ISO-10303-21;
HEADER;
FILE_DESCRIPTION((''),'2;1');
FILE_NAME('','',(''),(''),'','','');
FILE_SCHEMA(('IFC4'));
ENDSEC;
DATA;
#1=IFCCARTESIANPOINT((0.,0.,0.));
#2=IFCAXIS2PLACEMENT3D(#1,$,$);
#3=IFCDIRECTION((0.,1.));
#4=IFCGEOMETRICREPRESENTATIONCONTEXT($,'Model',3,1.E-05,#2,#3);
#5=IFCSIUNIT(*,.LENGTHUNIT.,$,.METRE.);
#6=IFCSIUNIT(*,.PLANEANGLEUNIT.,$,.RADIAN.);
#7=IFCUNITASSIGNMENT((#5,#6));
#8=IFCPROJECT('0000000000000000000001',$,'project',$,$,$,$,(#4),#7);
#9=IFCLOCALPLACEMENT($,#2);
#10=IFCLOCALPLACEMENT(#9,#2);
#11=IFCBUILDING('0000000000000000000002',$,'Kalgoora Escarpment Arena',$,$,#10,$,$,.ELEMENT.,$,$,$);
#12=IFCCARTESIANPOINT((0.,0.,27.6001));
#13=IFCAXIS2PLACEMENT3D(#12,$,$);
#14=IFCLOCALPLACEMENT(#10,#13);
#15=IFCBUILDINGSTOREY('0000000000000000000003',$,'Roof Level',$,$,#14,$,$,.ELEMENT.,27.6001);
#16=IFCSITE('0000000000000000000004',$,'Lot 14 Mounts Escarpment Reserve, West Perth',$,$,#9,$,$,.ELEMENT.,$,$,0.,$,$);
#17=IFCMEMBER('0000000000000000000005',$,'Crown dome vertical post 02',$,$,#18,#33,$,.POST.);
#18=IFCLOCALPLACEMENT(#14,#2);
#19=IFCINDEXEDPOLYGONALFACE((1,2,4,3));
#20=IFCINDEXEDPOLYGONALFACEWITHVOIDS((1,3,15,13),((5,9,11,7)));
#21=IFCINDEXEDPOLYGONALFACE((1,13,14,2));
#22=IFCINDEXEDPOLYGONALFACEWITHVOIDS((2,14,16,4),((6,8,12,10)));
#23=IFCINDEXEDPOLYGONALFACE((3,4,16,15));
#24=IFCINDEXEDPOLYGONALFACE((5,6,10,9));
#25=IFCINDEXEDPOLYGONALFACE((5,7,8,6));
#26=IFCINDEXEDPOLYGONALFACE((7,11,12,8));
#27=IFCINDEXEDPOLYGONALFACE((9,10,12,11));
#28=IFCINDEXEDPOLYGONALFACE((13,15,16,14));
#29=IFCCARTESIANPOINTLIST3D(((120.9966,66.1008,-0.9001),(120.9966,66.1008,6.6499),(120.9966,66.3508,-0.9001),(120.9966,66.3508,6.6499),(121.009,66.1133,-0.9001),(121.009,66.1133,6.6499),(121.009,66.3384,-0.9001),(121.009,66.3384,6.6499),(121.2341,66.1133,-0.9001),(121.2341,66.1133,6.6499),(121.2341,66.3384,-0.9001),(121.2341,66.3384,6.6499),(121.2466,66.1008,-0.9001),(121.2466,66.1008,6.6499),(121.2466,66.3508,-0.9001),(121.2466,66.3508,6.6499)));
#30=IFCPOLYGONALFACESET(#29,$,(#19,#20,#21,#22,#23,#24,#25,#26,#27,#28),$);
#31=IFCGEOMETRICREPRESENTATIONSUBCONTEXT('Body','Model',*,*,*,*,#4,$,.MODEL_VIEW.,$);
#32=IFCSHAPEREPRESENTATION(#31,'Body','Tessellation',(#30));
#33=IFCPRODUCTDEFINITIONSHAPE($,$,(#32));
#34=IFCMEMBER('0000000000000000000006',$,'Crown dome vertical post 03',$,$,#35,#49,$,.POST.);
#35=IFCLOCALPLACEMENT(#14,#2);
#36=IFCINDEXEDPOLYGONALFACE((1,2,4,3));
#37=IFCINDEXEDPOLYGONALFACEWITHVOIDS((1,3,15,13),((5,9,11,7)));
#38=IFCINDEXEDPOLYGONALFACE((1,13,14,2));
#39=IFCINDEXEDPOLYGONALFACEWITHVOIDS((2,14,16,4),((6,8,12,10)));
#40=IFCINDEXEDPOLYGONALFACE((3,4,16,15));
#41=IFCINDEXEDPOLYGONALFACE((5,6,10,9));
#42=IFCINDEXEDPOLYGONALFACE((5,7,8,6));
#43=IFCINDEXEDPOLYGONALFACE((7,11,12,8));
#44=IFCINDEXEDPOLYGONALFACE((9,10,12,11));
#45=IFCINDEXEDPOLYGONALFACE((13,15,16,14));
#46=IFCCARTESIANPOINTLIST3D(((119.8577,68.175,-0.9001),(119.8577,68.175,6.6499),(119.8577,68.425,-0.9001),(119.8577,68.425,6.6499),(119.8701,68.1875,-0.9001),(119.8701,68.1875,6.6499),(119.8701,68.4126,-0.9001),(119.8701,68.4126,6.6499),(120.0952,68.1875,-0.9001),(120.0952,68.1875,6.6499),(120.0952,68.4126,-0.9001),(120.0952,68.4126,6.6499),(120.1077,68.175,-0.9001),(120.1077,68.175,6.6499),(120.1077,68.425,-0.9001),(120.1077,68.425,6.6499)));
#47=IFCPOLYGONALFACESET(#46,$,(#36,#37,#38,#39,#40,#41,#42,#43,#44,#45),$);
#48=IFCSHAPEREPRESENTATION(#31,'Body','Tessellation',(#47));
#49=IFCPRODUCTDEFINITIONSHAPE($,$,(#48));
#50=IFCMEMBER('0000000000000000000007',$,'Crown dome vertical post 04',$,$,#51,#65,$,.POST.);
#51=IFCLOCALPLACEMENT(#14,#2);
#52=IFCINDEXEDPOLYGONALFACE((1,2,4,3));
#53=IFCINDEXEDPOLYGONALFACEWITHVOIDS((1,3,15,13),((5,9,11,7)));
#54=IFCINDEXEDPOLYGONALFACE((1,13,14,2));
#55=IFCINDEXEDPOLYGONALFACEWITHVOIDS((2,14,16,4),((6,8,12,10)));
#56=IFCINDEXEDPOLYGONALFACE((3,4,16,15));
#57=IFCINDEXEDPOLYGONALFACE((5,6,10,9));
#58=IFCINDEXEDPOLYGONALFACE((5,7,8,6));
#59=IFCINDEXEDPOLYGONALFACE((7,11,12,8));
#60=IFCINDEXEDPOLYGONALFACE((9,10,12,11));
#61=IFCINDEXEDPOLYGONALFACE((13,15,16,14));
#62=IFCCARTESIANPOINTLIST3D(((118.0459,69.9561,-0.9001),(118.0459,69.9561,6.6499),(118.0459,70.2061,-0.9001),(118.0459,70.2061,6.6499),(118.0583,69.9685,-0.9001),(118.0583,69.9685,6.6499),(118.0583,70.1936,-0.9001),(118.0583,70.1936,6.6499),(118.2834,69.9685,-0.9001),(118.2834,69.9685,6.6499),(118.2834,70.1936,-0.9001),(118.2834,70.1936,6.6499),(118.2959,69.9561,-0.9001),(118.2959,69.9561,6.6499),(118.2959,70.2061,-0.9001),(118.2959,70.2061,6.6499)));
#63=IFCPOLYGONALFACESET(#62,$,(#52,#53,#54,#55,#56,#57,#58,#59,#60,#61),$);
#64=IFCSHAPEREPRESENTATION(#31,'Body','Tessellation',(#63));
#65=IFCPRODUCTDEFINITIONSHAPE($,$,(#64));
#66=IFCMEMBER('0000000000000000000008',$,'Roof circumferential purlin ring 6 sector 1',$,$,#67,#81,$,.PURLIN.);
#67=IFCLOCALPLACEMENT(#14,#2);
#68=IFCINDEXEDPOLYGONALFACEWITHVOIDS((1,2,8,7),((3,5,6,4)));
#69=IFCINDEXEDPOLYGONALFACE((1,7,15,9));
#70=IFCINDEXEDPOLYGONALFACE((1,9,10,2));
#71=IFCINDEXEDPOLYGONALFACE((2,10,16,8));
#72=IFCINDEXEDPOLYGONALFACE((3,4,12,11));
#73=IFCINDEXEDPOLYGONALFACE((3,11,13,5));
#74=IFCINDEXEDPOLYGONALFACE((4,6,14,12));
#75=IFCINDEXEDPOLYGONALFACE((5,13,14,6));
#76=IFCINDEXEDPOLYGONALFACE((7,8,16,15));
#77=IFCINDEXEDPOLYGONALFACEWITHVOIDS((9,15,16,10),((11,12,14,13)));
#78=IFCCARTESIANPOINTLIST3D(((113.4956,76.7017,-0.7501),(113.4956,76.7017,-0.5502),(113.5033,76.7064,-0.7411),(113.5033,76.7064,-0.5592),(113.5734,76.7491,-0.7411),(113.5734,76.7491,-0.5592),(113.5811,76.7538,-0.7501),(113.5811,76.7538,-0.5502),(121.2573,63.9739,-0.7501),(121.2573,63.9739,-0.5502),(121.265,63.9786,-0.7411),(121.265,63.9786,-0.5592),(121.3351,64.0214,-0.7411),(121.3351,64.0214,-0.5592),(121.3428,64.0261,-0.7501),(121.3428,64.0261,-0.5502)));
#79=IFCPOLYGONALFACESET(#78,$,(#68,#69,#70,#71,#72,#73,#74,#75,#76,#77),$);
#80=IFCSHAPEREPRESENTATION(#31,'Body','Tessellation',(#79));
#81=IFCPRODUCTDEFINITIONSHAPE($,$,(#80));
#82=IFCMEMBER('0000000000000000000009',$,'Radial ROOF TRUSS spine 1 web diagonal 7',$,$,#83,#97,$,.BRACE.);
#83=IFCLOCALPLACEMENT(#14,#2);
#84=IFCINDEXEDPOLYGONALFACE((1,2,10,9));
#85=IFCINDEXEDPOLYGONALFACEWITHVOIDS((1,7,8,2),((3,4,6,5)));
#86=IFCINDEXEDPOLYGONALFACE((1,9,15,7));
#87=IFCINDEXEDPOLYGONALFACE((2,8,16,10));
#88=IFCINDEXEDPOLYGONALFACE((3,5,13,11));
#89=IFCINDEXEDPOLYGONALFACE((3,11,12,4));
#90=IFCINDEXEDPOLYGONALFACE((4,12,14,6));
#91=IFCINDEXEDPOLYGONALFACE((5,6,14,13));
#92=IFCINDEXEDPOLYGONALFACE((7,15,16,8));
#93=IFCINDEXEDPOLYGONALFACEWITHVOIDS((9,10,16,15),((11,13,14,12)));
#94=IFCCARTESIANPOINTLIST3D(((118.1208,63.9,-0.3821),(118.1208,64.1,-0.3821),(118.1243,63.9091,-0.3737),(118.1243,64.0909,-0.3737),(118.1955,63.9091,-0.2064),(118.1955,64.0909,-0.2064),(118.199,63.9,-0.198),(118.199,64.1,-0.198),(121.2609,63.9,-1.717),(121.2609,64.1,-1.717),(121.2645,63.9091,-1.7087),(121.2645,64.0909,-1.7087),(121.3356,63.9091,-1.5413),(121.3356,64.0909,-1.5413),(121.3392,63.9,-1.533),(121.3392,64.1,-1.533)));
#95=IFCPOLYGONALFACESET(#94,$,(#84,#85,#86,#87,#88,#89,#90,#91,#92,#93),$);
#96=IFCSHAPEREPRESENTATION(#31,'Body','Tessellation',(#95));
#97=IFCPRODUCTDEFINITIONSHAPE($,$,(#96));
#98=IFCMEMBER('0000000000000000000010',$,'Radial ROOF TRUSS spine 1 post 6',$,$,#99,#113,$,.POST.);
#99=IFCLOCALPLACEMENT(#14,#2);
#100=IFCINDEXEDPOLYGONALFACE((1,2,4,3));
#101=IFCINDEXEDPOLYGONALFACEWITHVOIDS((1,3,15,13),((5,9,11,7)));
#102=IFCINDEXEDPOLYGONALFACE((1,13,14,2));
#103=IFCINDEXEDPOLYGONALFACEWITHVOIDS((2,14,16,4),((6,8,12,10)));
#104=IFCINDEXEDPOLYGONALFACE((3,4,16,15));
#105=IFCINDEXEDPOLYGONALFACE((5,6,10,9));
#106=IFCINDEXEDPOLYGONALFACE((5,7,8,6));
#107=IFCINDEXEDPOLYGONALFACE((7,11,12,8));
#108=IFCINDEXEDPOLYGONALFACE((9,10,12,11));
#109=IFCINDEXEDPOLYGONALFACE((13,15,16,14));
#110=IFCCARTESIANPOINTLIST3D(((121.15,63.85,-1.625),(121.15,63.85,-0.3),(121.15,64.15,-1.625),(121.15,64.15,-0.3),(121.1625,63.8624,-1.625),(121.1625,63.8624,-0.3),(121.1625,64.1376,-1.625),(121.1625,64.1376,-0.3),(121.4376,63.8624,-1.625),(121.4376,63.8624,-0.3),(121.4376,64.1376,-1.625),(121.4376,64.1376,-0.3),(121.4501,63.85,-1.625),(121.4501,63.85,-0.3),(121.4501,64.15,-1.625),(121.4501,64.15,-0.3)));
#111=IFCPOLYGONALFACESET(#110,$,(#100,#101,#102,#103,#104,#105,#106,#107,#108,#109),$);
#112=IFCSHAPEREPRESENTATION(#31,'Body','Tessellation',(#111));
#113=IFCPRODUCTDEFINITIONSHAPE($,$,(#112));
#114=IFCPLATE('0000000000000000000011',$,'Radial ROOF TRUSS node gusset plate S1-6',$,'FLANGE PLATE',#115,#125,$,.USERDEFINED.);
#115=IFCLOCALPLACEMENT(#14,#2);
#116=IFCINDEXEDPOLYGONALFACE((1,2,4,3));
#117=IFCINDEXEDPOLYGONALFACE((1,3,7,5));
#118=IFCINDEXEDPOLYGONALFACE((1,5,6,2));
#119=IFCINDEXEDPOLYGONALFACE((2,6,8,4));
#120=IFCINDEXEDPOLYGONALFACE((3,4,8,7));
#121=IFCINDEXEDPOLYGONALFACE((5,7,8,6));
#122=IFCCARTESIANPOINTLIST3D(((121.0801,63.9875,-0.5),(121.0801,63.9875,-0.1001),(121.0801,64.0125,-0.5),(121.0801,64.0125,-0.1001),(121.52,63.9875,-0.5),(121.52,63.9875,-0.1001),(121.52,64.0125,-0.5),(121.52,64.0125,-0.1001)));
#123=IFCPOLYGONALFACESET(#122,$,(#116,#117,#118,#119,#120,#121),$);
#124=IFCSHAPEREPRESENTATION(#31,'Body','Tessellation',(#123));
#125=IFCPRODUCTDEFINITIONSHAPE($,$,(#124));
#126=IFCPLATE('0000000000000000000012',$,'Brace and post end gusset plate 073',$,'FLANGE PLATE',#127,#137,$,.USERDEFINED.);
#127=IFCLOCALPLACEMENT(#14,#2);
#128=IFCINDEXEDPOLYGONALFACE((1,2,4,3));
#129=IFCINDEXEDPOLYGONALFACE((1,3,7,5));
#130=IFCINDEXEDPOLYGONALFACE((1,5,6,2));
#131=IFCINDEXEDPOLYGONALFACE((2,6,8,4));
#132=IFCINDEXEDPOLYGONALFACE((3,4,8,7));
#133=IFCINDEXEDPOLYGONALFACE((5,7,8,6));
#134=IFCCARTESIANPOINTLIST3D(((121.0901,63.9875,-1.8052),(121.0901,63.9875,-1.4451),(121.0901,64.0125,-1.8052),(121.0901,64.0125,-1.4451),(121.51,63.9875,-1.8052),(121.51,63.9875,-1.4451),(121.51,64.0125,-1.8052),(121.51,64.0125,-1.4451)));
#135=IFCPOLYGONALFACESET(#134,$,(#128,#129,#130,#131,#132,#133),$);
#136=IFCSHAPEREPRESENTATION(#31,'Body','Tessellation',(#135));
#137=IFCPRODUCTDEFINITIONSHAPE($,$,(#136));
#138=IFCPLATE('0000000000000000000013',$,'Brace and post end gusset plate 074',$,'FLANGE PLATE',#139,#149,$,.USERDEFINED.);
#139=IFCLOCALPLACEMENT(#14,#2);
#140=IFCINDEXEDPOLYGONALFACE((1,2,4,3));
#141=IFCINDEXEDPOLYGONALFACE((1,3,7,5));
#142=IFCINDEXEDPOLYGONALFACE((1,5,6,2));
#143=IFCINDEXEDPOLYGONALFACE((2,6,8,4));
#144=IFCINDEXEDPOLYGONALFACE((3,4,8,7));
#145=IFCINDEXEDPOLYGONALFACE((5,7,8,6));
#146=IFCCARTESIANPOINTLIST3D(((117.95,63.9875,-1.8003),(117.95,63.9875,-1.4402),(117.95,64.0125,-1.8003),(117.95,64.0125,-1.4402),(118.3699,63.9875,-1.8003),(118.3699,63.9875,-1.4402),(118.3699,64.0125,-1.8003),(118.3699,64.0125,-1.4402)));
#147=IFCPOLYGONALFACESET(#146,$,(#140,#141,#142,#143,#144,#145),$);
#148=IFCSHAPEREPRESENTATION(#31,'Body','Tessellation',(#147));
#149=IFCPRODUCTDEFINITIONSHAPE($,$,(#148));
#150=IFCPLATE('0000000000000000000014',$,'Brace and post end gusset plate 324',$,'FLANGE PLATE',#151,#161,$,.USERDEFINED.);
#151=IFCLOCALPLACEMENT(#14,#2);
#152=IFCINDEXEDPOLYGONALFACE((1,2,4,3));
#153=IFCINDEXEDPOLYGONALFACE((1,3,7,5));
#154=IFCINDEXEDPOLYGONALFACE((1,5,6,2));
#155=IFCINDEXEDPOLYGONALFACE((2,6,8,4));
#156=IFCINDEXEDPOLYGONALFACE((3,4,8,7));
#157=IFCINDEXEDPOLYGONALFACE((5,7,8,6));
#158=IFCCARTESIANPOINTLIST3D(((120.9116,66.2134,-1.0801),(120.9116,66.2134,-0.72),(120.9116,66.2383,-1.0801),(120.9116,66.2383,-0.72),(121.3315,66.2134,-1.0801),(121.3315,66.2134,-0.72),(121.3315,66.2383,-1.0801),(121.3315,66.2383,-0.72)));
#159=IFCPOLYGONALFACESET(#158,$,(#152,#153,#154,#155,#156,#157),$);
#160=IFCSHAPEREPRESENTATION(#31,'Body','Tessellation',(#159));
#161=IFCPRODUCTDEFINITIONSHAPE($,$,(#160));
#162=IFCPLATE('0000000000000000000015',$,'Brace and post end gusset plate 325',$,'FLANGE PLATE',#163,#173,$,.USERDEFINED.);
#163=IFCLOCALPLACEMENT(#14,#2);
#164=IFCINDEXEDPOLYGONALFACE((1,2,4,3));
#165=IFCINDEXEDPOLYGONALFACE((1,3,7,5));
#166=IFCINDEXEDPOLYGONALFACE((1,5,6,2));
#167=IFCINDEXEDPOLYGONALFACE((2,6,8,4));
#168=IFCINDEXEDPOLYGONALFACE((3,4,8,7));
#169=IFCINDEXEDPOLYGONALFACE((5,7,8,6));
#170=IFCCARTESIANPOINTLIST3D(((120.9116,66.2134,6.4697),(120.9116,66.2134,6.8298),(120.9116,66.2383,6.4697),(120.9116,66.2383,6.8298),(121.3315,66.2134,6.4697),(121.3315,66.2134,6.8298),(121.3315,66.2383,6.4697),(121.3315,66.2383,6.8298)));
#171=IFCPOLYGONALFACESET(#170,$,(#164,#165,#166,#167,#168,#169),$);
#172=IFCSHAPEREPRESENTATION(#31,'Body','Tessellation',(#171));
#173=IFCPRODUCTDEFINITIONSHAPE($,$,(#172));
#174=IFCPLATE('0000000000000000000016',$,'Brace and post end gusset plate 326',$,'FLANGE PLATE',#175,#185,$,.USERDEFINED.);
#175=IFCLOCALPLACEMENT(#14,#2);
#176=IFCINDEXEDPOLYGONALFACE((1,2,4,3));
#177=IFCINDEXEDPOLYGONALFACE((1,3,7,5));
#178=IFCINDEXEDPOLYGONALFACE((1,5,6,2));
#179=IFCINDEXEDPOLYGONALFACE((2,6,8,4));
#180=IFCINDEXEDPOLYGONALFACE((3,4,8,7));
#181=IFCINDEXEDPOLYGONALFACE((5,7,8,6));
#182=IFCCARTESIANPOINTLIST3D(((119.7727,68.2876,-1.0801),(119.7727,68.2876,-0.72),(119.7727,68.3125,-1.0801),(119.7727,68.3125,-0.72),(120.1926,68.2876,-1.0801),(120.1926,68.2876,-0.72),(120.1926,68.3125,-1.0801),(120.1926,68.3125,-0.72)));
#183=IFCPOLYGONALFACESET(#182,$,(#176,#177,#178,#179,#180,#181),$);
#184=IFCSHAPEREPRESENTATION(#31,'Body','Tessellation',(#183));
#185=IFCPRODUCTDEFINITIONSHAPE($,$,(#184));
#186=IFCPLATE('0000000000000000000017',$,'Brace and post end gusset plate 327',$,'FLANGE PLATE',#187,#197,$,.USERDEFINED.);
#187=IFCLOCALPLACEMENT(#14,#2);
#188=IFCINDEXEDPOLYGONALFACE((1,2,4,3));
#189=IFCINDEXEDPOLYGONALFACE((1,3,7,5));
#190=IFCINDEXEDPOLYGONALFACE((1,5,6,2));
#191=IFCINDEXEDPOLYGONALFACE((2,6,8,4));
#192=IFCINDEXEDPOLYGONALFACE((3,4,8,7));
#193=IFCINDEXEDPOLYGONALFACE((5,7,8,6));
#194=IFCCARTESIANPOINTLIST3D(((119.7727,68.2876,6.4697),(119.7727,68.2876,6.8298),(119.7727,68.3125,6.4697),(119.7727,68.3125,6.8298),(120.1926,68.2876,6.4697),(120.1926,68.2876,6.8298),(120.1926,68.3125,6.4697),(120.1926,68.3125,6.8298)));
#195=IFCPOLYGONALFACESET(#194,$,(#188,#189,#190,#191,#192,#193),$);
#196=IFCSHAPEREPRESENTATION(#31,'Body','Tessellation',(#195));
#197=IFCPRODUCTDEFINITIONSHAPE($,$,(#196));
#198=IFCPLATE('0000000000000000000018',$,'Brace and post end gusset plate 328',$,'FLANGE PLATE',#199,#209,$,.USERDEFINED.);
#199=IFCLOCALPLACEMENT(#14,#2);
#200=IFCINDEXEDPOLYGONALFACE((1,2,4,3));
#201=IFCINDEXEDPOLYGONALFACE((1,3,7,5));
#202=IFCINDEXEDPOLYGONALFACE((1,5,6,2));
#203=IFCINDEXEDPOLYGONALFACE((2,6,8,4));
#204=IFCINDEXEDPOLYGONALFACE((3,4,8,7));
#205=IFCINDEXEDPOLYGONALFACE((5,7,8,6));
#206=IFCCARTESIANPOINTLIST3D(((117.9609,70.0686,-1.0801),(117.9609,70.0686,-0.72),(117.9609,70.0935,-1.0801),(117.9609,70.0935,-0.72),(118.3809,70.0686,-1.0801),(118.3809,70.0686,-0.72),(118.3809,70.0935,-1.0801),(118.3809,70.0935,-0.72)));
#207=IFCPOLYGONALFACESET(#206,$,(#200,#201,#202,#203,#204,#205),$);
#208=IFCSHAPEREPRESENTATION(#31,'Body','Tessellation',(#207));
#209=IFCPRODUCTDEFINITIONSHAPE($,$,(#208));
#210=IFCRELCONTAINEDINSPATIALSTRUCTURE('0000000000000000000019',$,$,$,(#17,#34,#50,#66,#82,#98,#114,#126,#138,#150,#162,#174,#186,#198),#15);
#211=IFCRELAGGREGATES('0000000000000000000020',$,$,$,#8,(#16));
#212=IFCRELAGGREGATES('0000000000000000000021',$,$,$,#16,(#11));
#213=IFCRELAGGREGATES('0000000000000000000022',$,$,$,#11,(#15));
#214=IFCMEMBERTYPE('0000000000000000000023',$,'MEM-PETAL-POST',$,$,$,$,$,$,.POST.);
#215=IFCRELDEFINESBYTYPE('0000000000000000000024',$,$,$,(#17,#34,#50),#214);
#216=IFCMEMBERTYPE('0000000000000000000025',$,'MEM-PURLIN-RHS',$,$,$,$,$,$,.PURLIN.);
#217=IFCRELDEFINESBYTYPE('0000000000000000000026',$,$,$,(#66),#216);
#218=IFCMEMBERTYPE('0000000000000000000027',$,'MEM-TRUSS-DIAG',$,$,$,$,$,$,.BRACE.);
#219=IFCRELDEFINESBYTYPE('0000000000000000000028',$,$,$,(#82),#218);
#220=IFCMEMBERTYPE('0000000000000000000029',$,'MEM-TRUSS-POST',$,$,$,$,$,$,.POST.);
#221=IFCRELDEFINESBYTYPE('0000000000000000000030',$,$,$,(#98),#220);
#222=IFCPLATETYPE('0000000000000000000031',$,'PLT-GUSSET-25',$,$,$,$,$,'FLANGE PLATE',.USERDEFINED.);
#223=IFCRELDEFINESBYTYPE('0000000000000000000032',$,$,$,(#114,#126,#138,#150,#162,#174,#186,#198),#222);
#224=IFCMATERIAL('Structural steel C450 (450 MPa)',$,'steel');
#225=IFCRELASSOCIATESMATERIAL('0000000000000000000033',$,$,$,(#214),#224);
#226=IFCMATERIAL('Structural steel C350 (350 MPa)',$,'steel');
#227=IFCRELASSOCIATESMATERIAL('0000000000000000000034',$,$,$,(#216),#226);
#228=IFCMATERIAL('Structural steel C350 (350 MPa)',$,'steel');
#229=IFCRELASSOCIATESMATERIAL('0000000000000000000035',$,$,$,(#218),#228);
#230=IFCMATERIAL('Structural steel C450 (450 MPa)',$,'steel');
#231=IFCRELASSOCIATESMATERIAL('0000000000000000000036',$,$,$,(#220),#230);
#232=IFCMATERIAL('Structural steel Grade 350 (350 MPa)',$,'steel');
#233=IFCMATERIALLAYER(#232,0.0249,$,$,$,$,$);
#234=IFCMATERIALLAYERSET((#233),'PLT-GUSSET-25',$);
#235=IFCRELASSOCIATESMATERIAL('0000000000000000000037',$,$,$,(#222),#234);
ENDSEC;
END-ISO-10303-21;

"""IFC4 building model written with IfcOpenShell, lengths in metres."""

from ifc_helpers import new_model, si_unit, direction, frame, origin, origin_2d, place, context, subcontext, project, spatial, rectangle, hollow_rectangle, extrude, material, layer, layer_set, material_profile, profile_set, type_object, element, save


model = new_model("IFC4")

# Units and contexts
model_context = context("Model", 3, precision=1e-05, world=origin(), true_north=direction((0.0, 1.0)))
body_context = subcontext(model_context, "Body", "Model", "MODEL_VIEW")
ifc_project = project(units=[si_unit("LENGTHUNIT", "METRE"), si_unit("PLANEANGLEUNIT", "RADIAN")], contexts=[model_context])

# Site, building, storey
site_placement = place(None, origin())
site = spatial("IfcSite", under=ifc_project, at=site_placement, Name="Lot 14 Mounts Escarpment Reserve, West Perth", CompositionType="ELEMENT", RefElevation=0.0)
building_placement = place(site_placement, origin())
building = spatial("IfcBuilding", under=site, at=building_placement, Name="Kalgoora Escarpment Arena", CompositionType="ELEMENT")
storey_placement = place(building_placement, frame((0.0, 0.0, 27.6001)))
storey = spatial("IfcBuildingStorey", under=building, at=storey_placement, Name="Roof Level", CompositionType="ELEMENT", Elevation=27.6001)

# Members
ifc_material_1 = material(Name="Structural steel C450 (450 MPa)", Category="steel")
ifc_material_profile_1 = material_profile(ifc_material_1, hollow_rectangle(XDim=0.25, YDim=0.25, WallThickness=0.0125, at=origin_2d()))
ifc_profile_set_1 = profile_set([ifc_material_profile_1], Name="Structural steel C450 (450 MPa)")
member_type_1 = type_object("IfcMemberType", Name="MEM-PETAL-POST", PredefinedType="POST", material=ifc_profile_set_1)
for number, where, z_axis, x_axis, name in (
    (1, (121.1216, 66.2258, -0.9001), (0.0, 0.0, 1.0), (1.0, 0.0, 0.0), "Crown dome vertical post 02"),
    (2, (119.9827, 68.3, -0.9001), (0.0, 0.0, 1.0), (1.0, 0.0, 0.0), "Crown dome vertical post 03"),
    (3, (118.1709, 70.0811, -0.9001), (0.0, 0.0, 1.0), (1.0, 0.0, 0.0), "Crown dome vertical post 04"),
):
    element("IfcMember", number, at=place(storey_placement, frame(where, z_axis=z_axis, x_axis=x_axis)), inside=storey, type_object=member_type_1, Name=name, PredefinedType="POST", context=body_context, shape_type="SweptSolid", body=[
        extrude(hollow_rectangle(XDim=0.25, YDim=0.25, WallThickness=0.0125, at=origin_2d()), origin(), (0.0, 0.0, 1.0), 7.55),
    ])
ifc_material_2 = material(Name="Structural steel C350 (350 MPa)", Category="steel")
ifc_material_profile_2 = material_profile(ifc_material_2, hollow_rectangle(XDim=0.1001, YDim=0.2, WallThickness=0.009, at=origin_2d()))
ifc_profile_set_2 = profile_set([ifc_material_profile_2], Name="Structural steel C350 (350 MPa)")
member_type_2 = type_object("IfcMemberType", Name="MEM-PURLIN-RHS", PredefinedType="PURLIN", material=ifc_profile_set_2)
member_1_placement = place(storey_placement, frame((121.3, 64.0, -0.6501), z_axis=(-0.52065, 0.85377, 0.0), x_axis=(-0.85377, -0.52065, 0.0)))
element("IfcMember", 4, at=member_1_placement, inside=storey, type_object=member_type_2, Name="Roof circumferential purlin ring 6 sector 1", PredefinedType="PURLIN", context=body_context, shape_type="SweptSolid", body=[
    extrude(hollow_rectangle(XDim=0.1001, YDim=0.2, WallThickness=0.009, at=origin_2d()), origin(), (0.0, 0.0, 1.0), 14.9077),
])
ifc_material_3 = material(Name="Structural steel C350 (350 MPa)", Category="steel")
ifc_material_profile_3 = material_profile(ifc_material_3, hollow_rectangle(XDim=0.2, YDim=0.2, WallThickness=0.009, at=origin_2d()))
ifc_profile_set_3 = profile_set([ifc_material_profile_3], Name="Structural steel C350 (350 MPa)")
member_type_3 = type_object("IfcMemberType", Name="MEM-TRUSS-DIAG", PredefinedType="BRACE", material=ifc_profile_set_3)
member_2_placement = place(storey_placement, frame((121.3, 64.0, -1.625), z_axis=(-0.920288, 0.0, 0.391241), x_axis=(0.0, 1.0, 0.0)))
element("IfcMember", 5, at=member_2_placement, inside=storey, type_object=member_type_3, Name="Radial ROOF TRUSS spine 1 web diagonal 7", PredefinedType="BRACE", context=body_context, shape_type="SweptSolid", body=[
    extrude(hollow_rectangle(XDim=0.2, YDim=0.2, WallThickness=0.009, at=origin_2d()), origin(), (0.0, 0.0, 1.0), 3.4121),
])
ifc_material_4 = material(Name="Structural steel C450 (450 MPa)", Category="steel")
ifc_material_profile_4 = material_profile(ifc_material_4, hollow_rectangle(XDim=0.3, YDim=0.3, WallThickness=0.0125, at=origin_2d()))
ifc_profile_set_4 = profile_set([ifc_material_profile_4], Name="Structural steel C450 (450 MPa)")
member_type_4 = type_object("IfcMemberType", Name="MEM-TRUSS-POST", PredefinedType="POST", material=ifc_profile_set_4)
member_3_placement = place(storey_placement, frame((121.3, 64.0, -1.625), z_axis=(0.0, 0.0, 1.0), x_axis=(-1.0, 0.0, 0.0)))
element("IfcMember", 6, at=member_3_placement, inside=storey, type_object=member_type_4, Name="Radial ROOF TRUSS spine 1 post 6", PredefinedType="POST", context=body_context, shape_type="SweptSolid", body=[
    extrude(hollow_rectangle(XDim=0.3, YDim=0.3, WallThickness=0.0125, at=origin_2d()), origin(), (0.0, 0.0, 1.0), 1.325),
])

# Plates
ifc_material_5 = material(Name="Structural steel Grade 350 (350 MPa)", Category="steel")
ifc_layer_1 = layer(ifc_material_5, 0.0249)
ifc_layer_set_1 = layer_set([ifc_layer_1], Name="PLT-GUSSET-25")
plate_type = type_object("IfcPlateType", Name="PLT-GUSSET-25", ElementType="FLANGE PLATE", PredefinedType="USERDEFINED", material=ifc_layer_set_1)
plate_placement = place(storey_placement, frame((121.3, 64.0, -0.5), z_axis=(0.0, 0.0, 1.0), x_axis=(-1.0, 0.0, 0.0)))
element("IfcPlate", 7, at=plate_placement, inside=storey, type_object=plate_type, Name="Radial ROOF TRUSS node gusset plate S1-6", ObjectType="FLANGE PLATE", PredefinedType="USERDEFINED", context=body_context, shape_type="SweptSolid", body=[
    extrude(rectangle(XDim=0.4399, YDim=0.0249, at=origin_2d()), origin(), (0.0, 0.0, 1.0), 0.3999),
])
for number, where, z_axis, x_axis, name in (
    (8, (121.3, 64.0, -1.8052), (0.0, 0.0, 1.0), (1.0, 0.0, 0.0), "Brace and post end gusset plate 073"),
    (9, (118.1599, 64.0, -1.8003), (0.0, 0.0, 1.0), (1.0, 0.0, 0.0), "Brace and post end gusset plate 074"),
    (10, (121.1216, 66.2258, -1.0801), (0.0, 0.0, 1.0), (1.0, 0.0, 0.0), "Brace and post end gusset plate 324"),
    (11, (121.1216, 66.2258, 6.4697), (0.0, 0.0, 1.0), (1.0, 0.0, 0.0), "Brace and post end gusset plate 325"),
    (12, (119.9827, 68.3, -1.0801), (0.0, 0.0, 1.0), (1.0, 0.0, 0.0), "Brace and post end gusset plate 326"),
    (13, (119.9827, 68.3, 6.4697), (0.0, 0.0, 1.0), (1.0, 0.0, 0.0), "Brace and post end gusset plate 327"),
    (14, (118.1709, 70.0811, -1.0801), (0.0, 0.0, 1.0), (1.0, 0.0, 0.0), "Brace and post end gusset plate 328"),
):
    element("IfcPlate", number, at=place(storey_placement, frame(where, z_axis=z_axis, x_axis=x_axis)), inside=storey, type_object=plate_type, Name=name, ObjectType="FLANGE PLATE", PredefinedType="USERDEFINED", context=body_context, shape_type="SweptSolid", body=[
        extrude(rectangle(XDim=0.4199, YDim=0.0249, at=origin_2d()), origin(), (0.0, 0.0, 1.0), 0.3601),
    ])

save(model, "model.ifc")
